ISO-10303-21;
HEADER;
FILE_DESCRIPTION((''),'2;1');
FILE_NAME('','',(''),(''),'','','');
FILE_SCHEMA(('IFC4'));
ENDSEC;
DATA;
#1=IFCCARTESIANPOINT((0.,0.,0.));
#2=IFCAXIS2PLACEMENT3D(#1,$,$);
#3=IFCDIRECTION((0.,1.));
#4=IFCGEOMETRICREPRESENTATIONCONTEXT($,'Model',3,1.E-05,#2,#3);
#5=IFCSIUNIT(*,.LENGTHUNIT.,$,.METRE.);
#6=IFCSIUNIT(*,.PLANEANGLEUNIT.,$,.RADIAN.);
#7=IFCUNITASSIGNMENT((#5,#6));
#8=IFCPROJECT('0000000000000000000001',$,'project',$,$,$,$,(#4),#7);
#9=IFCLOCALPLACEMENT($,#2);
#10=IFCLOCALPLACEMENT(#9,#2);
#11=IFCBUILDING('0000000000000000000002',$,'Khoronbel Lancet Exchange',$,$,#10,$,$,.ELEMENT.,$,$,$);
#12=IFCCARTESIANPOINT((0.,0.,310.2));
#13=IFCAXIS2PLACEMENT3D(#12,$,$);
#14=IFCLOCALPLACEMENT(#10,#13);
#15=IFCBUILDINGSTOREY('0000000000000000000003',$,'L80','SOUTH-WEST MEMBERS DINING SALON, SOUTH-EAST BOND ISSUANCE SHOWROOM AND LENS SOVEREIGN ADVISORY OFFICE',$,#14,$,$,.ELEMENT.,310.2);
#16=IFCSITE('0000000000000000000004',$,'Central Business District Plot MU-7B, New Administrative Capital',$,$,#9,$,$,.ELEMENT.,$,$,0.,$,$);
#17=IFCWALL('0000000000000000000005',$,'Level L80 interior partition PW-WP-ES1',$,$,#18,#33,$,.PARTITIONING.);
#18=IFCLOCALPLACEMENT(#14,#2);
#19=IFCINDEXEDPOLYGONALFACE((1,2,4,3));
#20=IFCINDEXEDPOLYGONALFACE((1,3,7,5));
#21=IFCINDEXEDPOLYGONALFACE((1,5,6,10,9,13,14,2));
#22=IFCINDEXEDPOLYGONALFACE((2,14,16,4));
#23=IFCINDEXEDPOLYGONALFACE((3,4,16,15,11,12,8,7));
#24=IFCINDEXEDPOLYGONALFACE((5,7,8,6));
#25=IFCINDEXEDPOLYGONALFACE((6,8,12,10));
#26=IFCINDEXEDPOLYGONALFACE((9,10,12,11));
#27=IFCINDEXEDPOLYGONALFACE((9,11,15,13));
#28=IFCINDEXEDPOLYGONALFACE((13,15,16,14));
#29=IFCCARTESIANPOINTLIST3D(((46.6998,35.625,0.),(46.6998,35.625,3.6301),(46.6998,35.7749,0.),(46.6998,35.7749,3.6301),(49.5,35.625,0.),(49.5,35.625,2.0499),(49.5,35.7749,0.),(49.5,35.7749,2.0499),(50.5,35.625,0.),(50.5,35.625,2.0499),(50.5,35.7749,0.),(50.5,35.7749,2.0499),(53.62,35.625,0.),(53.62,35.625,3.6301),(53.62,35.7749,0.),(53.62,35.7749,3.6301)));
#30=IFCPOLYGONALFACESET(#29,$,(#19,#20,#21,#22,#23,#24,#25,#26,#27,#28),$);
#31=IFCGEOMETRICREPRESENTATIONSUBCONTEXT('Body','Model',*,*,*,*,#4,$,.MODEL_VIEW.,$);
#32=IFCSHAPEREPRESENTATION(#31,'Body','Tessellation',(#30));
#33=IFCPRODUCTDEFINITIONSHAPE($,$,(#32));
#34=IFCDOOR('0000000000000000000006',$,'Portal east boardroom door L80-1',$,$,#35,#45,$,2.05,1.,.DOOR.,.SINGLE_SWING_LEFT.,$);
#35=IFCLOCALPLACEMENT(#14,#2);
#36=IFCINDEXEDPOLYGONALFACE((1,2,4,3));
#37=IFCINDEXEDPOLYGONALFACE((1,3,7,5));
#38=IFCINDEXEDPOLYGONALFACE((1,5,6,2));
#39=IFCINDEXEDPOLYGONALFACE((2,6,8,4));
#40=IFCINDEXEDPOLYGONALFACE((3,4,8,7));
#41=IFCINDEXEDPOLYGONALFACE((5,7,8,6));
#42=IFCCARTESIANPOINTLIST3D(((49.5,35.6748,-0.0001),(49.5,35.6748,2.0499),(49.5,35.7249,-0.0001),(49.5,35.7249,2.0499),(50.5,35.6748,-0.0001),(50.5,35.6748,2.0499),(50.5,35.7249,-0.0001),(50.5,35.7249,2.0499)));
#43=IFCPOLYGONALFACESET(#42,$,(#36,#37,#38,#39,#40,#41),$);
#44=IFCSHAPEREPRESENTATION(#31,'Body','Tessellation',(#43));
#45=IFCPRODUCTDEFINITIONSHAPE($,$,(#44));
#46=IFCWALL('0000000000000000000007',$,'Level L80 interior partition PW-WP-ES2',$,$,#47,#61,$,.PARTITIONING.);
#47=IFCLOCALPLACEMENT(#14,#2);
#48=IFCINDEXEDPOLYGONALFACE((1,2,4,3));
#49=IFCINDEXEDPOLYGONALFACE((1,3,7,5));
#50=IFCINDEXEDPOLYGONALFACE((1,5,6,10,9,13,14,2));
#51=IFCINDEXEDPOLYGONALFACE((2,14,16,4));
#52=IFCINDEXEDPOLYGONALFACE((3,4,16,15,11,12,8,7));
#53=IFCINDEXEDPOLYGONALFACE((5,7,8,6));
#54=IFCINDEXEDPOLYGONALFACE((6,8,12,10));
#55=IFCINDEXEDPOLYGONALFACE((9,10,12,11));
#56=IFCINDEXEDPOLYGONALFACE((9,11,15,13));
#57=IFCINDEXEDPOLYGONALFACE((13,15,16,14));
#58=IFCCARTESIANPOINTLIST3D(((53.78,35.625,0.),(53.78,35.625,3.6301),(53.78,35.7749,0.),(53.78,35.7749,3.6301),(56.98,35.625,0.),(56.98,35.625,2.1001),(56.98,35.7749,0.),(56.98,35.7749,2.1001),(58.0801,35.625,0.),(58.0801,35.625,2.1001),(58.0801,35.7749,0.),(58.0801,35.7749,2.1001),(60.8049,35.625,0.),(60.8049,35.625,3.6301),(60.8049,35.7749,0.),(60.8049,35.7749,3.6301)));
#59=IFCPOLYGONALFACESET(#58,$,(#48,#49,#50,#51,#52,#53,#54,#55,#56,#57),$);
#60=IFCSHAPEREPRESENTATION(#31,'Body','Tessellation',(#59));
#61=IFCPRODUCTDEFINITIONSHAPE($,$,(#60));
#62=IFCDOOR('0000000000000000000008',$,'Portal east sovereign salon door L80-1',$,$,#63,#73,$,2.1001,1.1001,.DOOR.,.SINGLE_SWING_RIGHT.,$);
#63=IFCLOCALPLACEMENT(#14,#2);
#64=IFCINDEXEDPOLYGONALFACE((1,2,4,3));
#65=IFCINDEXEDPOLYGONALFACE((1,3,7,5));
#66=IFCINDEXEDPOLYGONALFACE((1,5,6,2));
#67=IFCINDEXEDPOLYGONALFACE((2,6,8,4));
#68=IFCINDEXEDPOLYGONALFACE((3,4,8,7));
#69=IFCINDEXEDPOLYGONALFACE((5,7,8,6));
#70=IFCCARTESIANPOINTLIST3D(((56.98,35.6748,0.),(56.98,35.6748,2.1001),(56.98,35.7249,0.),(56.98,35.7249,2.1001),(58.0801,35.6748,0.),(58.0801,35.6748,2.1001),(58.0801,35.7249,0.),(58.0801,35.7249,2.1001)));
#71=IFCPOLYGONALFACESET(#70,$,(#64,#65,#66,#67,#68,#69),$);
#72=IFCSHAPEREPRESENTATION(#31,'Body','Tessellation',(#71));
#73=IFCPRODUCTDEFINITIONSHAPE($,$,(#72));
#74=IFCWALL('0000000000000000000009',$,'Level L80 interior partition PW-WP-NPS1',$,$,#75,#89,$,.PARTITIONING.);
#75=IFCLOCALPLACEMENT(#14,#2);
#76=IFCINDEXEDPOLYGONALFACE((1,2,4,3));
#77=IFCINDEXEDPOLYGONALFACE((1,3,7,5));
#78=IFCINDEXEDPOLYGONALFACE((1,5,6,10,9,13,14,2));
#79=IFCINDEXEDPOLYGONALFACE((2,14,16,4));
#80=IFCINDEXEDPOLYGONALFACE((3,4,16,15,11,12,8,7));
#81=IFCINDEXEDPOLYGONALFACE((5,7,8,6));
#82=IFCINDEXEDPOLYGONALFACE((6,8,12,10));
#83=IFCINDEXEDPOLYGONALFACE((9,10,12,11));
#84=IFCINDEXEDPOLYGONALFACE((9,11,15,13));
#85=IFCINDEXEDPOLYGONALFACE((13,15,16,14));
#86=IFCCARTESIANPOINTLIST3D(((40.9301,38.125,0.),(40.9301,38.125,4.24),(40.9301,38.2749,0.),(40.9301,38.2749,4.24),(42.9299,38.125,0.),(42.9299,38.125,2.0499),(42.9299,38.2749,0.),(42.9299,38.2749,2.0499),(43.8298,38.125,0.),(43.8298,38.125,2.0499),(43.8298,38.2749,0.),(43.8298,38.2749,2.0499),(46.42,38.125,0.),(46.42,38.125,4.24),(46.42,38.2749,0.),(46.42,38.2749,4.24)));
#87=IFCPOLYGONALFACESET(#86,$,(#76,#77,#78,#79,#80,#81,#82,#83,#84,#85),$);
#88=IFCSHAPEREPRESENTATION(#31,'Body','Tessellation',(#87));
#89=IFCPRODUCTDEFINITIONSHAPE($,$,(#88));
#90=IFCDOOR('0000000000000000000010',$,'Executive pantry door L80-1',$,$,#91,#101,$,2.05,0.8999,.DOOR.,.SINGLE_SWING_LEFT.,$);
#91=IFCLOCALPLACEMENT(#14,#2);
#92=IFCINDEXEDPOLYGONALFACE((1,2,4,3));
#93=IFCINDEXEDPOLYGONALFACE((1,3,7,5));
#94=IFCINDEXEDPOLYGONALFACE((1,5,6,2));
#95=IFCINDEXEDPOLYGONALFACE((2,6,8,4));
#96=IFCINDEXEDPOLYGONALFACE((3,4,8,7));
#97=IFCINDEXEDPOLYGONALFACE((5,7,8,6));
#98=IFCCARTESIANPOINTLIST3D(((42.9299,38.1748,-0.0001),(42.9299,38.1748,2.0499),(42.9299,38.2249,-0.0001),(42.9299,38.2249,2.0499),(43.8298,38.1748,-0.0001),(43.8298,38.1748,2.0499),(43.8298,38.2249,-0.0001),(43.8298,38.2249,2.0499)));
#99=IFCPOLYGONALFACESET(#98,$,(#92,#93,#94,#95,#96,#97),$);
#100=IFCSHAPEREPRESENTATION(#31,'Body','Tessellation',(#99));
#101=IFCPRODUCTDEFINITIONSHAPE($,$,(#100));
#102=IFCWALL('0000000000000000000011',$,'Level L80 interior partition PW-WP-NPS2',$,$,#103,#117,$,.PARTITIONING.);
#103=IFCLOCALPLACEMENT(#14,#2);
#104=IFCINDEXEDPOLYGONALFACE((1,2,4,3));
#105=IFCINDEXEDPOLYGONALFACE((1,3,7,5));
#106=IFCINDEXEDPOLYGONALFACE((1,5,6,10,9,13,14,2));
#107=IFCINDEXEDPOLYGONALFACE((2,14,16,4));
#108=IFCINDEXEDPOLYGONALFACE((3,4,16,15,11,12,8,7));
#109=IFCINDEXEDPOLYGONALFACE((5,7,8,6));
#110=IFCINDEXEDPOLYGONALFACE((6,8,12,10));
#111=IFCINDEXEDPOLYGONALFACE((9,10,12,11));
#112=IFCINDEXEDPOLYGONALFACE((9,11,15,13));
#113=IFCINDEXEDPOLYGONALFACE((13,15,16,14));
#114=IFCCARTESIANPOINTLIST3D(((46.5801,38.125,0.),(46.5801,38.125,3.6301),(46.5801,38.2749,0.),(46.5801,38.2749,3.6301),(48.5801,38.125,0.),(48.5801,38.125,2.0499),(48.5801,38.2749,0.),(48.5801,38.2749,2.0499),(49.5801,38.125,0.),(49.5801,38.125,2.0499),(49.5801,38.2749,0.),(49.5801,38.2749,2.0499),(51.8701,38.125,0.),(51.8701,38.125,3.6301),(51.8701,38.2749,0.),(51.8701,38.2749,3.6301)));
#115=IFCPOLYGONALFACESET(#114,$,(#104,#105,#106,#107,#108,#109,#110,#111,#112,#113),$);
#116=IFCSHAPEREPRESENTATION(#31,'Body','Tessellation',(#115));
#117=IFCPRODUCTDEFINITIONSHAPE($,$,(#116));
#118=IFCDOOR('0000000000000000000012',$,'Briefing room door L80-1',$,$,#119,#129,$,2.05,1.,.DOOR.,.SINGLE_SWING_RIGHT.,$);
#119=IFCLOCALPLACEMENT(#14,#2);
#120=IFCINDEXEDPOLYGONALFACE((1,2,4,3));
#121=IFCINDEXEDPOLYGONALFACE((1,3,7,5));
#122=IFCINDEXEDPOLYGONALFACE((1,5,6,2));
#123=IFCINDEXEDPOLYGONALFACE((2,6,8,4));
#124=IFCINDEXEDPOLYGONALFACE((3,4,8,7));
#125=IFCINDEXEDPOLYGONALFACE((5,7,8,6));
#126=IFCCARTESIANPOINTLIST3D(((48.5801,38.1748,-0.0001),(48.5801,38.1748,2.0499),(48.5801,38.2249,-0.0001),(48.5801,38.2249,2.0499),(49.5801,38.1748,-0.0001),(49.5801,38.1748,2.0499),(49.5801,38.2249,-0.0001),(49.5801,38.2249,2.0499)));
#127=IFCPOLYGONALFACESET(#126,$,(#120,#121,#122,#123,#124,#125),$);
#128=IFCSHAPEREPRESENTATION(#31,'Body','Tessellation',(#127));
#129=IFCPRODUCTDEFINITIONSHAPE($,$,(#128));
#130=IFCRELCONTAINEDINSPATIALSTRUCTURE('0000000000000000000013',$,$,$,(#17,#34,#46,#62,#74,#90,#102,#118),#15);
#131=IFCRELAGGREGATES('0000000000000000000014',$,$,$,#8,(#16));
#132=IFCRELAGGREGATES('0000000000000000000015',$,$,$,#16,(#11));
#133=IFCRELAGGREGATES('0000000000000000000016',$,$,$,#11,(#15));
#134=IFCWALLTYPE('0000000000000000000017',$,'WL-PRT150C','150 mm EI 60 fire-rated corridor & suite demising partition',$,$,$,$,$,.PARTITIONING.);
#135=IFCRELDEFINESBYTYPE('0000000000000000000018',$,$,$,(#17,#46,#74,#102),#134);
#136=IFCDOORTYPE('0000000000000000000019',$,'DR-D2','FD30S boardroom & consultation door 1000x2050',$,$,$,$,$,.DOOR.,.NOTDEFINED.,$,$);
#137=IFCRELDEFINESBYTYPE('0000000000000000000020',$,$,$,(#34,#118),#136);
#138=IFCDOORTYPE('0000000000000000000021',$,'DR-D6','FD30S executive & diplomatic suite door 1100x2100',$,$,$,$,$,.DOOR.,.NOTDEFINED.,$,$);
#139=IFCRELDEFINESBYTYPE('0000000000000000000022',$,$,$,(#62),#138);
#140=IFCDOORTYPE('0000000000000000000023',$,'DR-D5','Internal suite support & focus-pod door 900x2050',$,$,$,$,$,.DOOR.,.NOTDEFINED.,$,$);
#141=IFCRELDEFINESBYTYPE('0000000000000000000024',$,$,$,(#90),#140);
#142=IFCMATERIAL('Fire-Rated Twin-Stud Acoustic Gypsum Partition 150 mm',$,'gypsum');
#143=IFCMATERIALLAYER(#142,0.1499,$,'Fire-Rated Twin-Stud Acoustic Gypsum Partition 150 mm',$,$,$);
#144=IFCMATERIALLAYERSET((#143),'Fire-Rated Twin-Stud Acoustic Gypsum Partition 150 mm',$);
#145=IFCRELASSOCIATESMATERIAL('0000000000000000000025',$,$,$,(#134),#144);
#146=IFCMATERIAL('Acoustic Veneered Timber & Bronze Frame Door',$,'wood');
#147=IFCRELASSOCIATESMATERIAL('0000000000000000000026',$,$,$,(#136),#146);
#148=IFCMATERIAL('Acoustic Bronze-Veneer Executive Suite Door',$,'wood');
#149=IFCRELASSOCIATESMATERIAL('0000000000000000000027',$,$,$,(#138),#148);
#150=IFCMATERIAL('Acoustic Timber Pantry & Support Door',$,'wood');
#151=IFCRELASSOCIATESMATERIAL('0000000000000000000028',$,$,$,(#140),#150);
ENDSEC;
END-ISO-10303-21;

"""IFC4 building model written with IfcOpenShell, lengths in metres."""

from ifc_helpers import new_model, si_unit, direction, frame, frame_2d, origin, place, context, subcontext, project, spatial, rectangle, extrude, material, layer, layer_set, type_object, element, fill, save


model = new_model("IFC4")

# Units and contexts
model_context = context("Model", 3, precision=1e-05, world=origin(), true_north=direction((0.0, 1.0)))
body_context = subcontext(model_context, "Body", "Model", "MODEL_VIEW")
ifc_project = project(units=[si_unit("LENGTHUNIT", "METRE"), si_unit("PLANEANGLEUNIT", "RADIAN")], contexts=[model_context])

# Site, building, storey
site_placement = place(None, origin())
site = spatial("IfcSite", under=ifc_project, at=site_placement, Name="Central Business District Plot MU-7B, New Administrative Capital", CompositionType="ELEMENT", RefElevation=0.0)
building_placement = place(site_placement, origin())
building = spatial("IfcBuilding", under=site, at=building_placement, Name="Khoronbel Lancet Exchange", CompositionType="ELEMENT")
storey_placement = place(building_placement, frame((0.0, 0.0, 310.2)))
storey = spatial("IfcBuildingStorey", under=building, at=storey_placement, Name="L80", Description="SOUTH-WEST MEMBERS DINING SALON, SOUTH-EAST BOND ISSUANCE SHOWROOM AND LENS SOVEREIGN ADVISORY OFFICE", CompositionType="ELEMENT", Elevation=310.2)

# Walls, openings, doors
ifc_material_1 = material(Name="Fire-Rated Twin-Stud Acoustic Gypsum Partition 150 mm", Category="gypsum")
ifc_layer_1 = layer(ifc_material_1, 0.1499, Name="Fire-Rated Twin-Stud Acoustic Gypsum Partition 150 mm")
ifc_layer_set_1 = layer_set([ifc_layer_1], Name="Fire-Rated Twin-Stud Acoustic Gypsum Partition 150 mm")
wall_type_1 = type_object("IfcWallType", Name="WL-PRT150C", Description="150 mm EI 60 fire-rated corridor & suite demising partition", PredefinedType="PARTITIONING", material=ifc_layer_set_1)
wall_1_placement = place(storey_placement, frame((46.7, 35.7, 0.0), z_axis=(0.0, 0.0, 1.0), x_axis=(1.0, 0.0, 0.0)))
wall_1 = element("IfcWall", 1, at=wall_1_placement, inside=storey, type_object=wall_type_1, Name="Level L80 interior partition PW-WP-ES1", PredefinedType="PARTITIONING", context=body_context, shape_type="SweptSolid", body=[
    extrude(rectangle(XDim=6.9202, YDim=0.1499, at=frame_2d((3.46, 0.0))), origin(), (0.0, 0.0, 1.0), 3.6301),
])
opening_1_placement = place(wall_1_placement, frame((2.8, 0.0, 0.0)))
opening_1 = element("IfcOpeningElement", 2, at=opening_1_placement, cuts=wall_1, PredefinedType="OPENING", context=body_context, shape_type="SweptSolid", body=[
    extrude(rectangle(XDim=1.0, YDim=2.05, at=frame_2d((0.5, 1.0249))), frame((0.0, 0.085, 0.0), z_axis=(0.0, -1.0, 0.0), x_axis=(1.0, 0.0, 0.0)), (0.0, 0.0, 1.0), 0.1699),
])
ifc_material_2 = material(Name="Acoustic Veneered Timber & Bronze Frame Door", Category="wood")
door_type_1 = type_object("IfcDoorType", Name="DR-D2", Description="FD30S boardroom & consultation door 1000x2050", OperationType="NOTDEFINED", PredefinedType="DOOR", material=ifc_material_2)
door_1_placement = place(opening_1_placement, origin())
door_1 = element("IfcDoor", 3, at=door_1_placement, inside=storey, type_object=door_type_1, Name="Portal east boardroom door L80-1", OperationType="SINGLE_SWING_LEFT", OverallHeight=2.05, OverallWidth=1.0, PredefinedType="DOOR", context=body_context, shape_type="SweptSolid", body=[
    extrude(rectangle(XDim=1.0, YDim=2.05, at=frame_2d((0.5, 1.0249))), frame((0.0, 0.0249, 0.0), z_axis=(0.0, -1.0, 0.0), x_axis=(1.0, 0.0, 0.0)), (0.0, 0.0, 1.0), 0.05),
])
fill(opening_1, door_1)
wall_2_placement = place(storey_placement, frame((53.78, 35.7, 0.0), z_axis=(0.0, 0.0, 1.0), x_axis=(1.0, 0.0, 0.0)))
wall_2 = element("IfcWall", 4, at=wall_2_placement, inside=storey, type_object=wall_type_1, Name="Level L80 interior partition PW-WP-ES2", PredefinedType="PARTITIONING", context=body_context, shape_type="SweptSolid", body=[
    extrude(rectangle(XDim=7.0249, YDim=0.1499, at=frame_2d((3.5125, 0.0))), origin(), (0.0, 0.0, 1.0), 3.6301),
])
opening_2_placement = place(wall_2_placement, frame((3.2, 0.0, 0.0)))
opening_2 = element("IfcOpeningElement", 5, at=opening_2_placement, cuts=wall_2, PredefinedType="OPENING", context=body_context, shape_type="SweptSolid", body=[
    extrude(rectangle(XDim=1.1001, YDim=2.1001, at=frame_2d((0.55, 1.05))), frame((0.0, 0.085, 0.0), z_axis=(0.0, -1.0, 0.0), x_axis=(1.0, 0.0, 0.0)), (0.0, 0.0, 1.0), 0.1699),
])
ifc_material_3 = material(Name="Acoustic Bronze-Veneer Executive Suite Door", Category="wood")
door_type_2 = type_object("IfcDoorType", Name="DR-D6", Description="FD30S executive & diplomatic suite door 1100x2100", OperationType="NOTDEFINED", PredefinedType="DOOR", material=ifc_material_3)
door_2_placement = place(opening_2_placement, origin())
door_2 = element("IfcDoor", 6, at=door_2_placement, inside=storey, type_object=door_type_2, Name="Portal east sovereign salon door L80-1", OperationType="SINGLE_SWING_RIGHT", OverallHeight=2.1001, OverallWidth=1.1001, PredefinedType="DOOR", context=body_context, shape_type="SweptSolid", body=[
    extrude(rectangle(XDim=1.1001, YDim=2.1001, at=frame_2d((0.55, 1.05))), frame((0.0, 0.0249, 0.0), z_axis=(0.0, -1.0, 0.0), x_axis=(1.0, 0.0, 0.0)), (0.0, 0.0, 1.0), 0.05),
])
fill(opening_2, door_2)
wall_3_placement = place(storey_placement, frame((40.9299, 38.2, 0.0), z_axis=(0.0, 0.0, 1.0), x_axis=(1.0, 0.0, 0.0)))
wall_3 = element("IfcWall", 7, at=wall_3_placement, inside=storey, type_object=wall_type_1, Name="Level L80 interior partition PW-WP-NPS1", PredefinedType="PARTITIONING", context=body_context, shape_type="SweptSolid", body=[
    extrude(rectangle(XDim=5.49, YDim=0.1499, at=frame_2d((2.7451, 0.0))), origin(), (0.0, 0.0, 1.0), 4.24),
])
opening_3_placement = place(wall_3_placement, frame((2.0, 0.0, 0.0)))
opening_3 = element("IfcOpeningElement", 8, at=opening_3_placement, cuts=wall_3, PredefinedType="OPENING", context=body_context, shape_type="SweptSolid", body=[
    extrude(rectangle(XDim=0.8999, YDim=2.05, at=frame_2d((0.45, 1.0249))), frame((0.0, 0.085, 0.0), z_axis=(0.0, -1.0, 0.0), x_axis=(1.0, 0.0, 0.0)), (0.0, 0.0, 1.0), 0.1699),
])
ifc_material_4 = material(Name="Acoustic Timber Pantry & Support Door", Category="wood")
door_type_3 = type_object("IfcDoorType", Name="DR-D5", Description="Internal suite support & focus-pod door 900x2050", OperationType="NOTDEFINED", PredefinedType="DOOR", material=ifc_material_4)
door_3_placement = place(opening_3_placement, origin())
door_3 = element("IfcDoor", 9, at=door_3_placement, inside=storey, type_object=door_type_3, Name="Executive pantry door L80-1", OperationType="SINGLE_SWING_LEFT", OverallHeight=2.05, OverallWidth=0.8999, PredefinedType="DOOR", context=body_context, shape_type="SweptSolid", body=[
    extrude(rectangle(XDim=0.8999, YDim=2.05, at=frame_2d((0.45, 1.0249))), frame((0.0, 0.0249, 0.0), z_axis=(0.0, -1.0, 0.0), x_axis=(1.0, 0.0, 0.0)), (0.0, 0.0, 1.0), 0.05),
])
fill(opening_3, door_3)
wall_4_placement = place(storey_placement, frame((46.5801, 38.2, 0.0), z_axis=(0.0, 0.0, 1.0), x_axis=(1.0, 0.0, 0.0)))
wall_4 = element("IfcWall", 10, at=wall_4_placement, inside=storey, type_object=wall_type_1, Name="Level L80 interior partition PW-WP-NPS2", PredefinedType="PARTITIONING", context=body_context, shape_type="SweptSolid", body=[
    extrude(rectangle(XDim=5.29, YDim=0.1499, at=frame_2d((2.645, 0.0))), origin(), (0.0, 0.0, 1.0), 3.6301),
])
opening_4_placement = place(wall_4_placement, frame((2.0, 0.0, 0.0)))
opening_4 = element("IfcOpeningElement", 11, at=opening_4_placement, cuts=wall_4, PredefinedType="OPENING", context=body_context, shape_type="SweptSolid", body=[
    extrude(rectangle(XDim=1.0, YDim=2.05, at=frame_2d((0.5, 1.0249))), frame((0.0, 0.085, 0.0), z_axis=(0.0, -1.0, 0.0), x_axis=(1.0, 0.0, 0.0)), (0.0, 0.0, 1.0), 0.1699),
])
door_4_placement = place(opening_4_placement, origin())
door_4 = element("IfcDoor", 12, at=door_4_placement, inside=storey, type_object=door_type_1, Name="Briefing room door L80-1", OperationType="SINGLE_SWING_RIGHT", OverallHeight=2.05, OverallWidth=1.0, PredefinedType="DOOR", context=body_context, shape_type="SweptSolid", body=[
    extrude(rectangle(XDim=1.0, YDim=2.05, at=frame_2d((0.5, 1.0249))), frame((0.0, 0.0249, 0.0), z_axis=(0.0, -1.0, 0.0), x_axis=(1.0, 0.0, 0.0)), (0.0, 0.0, 1.0), 0.05),
])
fill(opening_4, door_4)

save(model, "model.ifc")
